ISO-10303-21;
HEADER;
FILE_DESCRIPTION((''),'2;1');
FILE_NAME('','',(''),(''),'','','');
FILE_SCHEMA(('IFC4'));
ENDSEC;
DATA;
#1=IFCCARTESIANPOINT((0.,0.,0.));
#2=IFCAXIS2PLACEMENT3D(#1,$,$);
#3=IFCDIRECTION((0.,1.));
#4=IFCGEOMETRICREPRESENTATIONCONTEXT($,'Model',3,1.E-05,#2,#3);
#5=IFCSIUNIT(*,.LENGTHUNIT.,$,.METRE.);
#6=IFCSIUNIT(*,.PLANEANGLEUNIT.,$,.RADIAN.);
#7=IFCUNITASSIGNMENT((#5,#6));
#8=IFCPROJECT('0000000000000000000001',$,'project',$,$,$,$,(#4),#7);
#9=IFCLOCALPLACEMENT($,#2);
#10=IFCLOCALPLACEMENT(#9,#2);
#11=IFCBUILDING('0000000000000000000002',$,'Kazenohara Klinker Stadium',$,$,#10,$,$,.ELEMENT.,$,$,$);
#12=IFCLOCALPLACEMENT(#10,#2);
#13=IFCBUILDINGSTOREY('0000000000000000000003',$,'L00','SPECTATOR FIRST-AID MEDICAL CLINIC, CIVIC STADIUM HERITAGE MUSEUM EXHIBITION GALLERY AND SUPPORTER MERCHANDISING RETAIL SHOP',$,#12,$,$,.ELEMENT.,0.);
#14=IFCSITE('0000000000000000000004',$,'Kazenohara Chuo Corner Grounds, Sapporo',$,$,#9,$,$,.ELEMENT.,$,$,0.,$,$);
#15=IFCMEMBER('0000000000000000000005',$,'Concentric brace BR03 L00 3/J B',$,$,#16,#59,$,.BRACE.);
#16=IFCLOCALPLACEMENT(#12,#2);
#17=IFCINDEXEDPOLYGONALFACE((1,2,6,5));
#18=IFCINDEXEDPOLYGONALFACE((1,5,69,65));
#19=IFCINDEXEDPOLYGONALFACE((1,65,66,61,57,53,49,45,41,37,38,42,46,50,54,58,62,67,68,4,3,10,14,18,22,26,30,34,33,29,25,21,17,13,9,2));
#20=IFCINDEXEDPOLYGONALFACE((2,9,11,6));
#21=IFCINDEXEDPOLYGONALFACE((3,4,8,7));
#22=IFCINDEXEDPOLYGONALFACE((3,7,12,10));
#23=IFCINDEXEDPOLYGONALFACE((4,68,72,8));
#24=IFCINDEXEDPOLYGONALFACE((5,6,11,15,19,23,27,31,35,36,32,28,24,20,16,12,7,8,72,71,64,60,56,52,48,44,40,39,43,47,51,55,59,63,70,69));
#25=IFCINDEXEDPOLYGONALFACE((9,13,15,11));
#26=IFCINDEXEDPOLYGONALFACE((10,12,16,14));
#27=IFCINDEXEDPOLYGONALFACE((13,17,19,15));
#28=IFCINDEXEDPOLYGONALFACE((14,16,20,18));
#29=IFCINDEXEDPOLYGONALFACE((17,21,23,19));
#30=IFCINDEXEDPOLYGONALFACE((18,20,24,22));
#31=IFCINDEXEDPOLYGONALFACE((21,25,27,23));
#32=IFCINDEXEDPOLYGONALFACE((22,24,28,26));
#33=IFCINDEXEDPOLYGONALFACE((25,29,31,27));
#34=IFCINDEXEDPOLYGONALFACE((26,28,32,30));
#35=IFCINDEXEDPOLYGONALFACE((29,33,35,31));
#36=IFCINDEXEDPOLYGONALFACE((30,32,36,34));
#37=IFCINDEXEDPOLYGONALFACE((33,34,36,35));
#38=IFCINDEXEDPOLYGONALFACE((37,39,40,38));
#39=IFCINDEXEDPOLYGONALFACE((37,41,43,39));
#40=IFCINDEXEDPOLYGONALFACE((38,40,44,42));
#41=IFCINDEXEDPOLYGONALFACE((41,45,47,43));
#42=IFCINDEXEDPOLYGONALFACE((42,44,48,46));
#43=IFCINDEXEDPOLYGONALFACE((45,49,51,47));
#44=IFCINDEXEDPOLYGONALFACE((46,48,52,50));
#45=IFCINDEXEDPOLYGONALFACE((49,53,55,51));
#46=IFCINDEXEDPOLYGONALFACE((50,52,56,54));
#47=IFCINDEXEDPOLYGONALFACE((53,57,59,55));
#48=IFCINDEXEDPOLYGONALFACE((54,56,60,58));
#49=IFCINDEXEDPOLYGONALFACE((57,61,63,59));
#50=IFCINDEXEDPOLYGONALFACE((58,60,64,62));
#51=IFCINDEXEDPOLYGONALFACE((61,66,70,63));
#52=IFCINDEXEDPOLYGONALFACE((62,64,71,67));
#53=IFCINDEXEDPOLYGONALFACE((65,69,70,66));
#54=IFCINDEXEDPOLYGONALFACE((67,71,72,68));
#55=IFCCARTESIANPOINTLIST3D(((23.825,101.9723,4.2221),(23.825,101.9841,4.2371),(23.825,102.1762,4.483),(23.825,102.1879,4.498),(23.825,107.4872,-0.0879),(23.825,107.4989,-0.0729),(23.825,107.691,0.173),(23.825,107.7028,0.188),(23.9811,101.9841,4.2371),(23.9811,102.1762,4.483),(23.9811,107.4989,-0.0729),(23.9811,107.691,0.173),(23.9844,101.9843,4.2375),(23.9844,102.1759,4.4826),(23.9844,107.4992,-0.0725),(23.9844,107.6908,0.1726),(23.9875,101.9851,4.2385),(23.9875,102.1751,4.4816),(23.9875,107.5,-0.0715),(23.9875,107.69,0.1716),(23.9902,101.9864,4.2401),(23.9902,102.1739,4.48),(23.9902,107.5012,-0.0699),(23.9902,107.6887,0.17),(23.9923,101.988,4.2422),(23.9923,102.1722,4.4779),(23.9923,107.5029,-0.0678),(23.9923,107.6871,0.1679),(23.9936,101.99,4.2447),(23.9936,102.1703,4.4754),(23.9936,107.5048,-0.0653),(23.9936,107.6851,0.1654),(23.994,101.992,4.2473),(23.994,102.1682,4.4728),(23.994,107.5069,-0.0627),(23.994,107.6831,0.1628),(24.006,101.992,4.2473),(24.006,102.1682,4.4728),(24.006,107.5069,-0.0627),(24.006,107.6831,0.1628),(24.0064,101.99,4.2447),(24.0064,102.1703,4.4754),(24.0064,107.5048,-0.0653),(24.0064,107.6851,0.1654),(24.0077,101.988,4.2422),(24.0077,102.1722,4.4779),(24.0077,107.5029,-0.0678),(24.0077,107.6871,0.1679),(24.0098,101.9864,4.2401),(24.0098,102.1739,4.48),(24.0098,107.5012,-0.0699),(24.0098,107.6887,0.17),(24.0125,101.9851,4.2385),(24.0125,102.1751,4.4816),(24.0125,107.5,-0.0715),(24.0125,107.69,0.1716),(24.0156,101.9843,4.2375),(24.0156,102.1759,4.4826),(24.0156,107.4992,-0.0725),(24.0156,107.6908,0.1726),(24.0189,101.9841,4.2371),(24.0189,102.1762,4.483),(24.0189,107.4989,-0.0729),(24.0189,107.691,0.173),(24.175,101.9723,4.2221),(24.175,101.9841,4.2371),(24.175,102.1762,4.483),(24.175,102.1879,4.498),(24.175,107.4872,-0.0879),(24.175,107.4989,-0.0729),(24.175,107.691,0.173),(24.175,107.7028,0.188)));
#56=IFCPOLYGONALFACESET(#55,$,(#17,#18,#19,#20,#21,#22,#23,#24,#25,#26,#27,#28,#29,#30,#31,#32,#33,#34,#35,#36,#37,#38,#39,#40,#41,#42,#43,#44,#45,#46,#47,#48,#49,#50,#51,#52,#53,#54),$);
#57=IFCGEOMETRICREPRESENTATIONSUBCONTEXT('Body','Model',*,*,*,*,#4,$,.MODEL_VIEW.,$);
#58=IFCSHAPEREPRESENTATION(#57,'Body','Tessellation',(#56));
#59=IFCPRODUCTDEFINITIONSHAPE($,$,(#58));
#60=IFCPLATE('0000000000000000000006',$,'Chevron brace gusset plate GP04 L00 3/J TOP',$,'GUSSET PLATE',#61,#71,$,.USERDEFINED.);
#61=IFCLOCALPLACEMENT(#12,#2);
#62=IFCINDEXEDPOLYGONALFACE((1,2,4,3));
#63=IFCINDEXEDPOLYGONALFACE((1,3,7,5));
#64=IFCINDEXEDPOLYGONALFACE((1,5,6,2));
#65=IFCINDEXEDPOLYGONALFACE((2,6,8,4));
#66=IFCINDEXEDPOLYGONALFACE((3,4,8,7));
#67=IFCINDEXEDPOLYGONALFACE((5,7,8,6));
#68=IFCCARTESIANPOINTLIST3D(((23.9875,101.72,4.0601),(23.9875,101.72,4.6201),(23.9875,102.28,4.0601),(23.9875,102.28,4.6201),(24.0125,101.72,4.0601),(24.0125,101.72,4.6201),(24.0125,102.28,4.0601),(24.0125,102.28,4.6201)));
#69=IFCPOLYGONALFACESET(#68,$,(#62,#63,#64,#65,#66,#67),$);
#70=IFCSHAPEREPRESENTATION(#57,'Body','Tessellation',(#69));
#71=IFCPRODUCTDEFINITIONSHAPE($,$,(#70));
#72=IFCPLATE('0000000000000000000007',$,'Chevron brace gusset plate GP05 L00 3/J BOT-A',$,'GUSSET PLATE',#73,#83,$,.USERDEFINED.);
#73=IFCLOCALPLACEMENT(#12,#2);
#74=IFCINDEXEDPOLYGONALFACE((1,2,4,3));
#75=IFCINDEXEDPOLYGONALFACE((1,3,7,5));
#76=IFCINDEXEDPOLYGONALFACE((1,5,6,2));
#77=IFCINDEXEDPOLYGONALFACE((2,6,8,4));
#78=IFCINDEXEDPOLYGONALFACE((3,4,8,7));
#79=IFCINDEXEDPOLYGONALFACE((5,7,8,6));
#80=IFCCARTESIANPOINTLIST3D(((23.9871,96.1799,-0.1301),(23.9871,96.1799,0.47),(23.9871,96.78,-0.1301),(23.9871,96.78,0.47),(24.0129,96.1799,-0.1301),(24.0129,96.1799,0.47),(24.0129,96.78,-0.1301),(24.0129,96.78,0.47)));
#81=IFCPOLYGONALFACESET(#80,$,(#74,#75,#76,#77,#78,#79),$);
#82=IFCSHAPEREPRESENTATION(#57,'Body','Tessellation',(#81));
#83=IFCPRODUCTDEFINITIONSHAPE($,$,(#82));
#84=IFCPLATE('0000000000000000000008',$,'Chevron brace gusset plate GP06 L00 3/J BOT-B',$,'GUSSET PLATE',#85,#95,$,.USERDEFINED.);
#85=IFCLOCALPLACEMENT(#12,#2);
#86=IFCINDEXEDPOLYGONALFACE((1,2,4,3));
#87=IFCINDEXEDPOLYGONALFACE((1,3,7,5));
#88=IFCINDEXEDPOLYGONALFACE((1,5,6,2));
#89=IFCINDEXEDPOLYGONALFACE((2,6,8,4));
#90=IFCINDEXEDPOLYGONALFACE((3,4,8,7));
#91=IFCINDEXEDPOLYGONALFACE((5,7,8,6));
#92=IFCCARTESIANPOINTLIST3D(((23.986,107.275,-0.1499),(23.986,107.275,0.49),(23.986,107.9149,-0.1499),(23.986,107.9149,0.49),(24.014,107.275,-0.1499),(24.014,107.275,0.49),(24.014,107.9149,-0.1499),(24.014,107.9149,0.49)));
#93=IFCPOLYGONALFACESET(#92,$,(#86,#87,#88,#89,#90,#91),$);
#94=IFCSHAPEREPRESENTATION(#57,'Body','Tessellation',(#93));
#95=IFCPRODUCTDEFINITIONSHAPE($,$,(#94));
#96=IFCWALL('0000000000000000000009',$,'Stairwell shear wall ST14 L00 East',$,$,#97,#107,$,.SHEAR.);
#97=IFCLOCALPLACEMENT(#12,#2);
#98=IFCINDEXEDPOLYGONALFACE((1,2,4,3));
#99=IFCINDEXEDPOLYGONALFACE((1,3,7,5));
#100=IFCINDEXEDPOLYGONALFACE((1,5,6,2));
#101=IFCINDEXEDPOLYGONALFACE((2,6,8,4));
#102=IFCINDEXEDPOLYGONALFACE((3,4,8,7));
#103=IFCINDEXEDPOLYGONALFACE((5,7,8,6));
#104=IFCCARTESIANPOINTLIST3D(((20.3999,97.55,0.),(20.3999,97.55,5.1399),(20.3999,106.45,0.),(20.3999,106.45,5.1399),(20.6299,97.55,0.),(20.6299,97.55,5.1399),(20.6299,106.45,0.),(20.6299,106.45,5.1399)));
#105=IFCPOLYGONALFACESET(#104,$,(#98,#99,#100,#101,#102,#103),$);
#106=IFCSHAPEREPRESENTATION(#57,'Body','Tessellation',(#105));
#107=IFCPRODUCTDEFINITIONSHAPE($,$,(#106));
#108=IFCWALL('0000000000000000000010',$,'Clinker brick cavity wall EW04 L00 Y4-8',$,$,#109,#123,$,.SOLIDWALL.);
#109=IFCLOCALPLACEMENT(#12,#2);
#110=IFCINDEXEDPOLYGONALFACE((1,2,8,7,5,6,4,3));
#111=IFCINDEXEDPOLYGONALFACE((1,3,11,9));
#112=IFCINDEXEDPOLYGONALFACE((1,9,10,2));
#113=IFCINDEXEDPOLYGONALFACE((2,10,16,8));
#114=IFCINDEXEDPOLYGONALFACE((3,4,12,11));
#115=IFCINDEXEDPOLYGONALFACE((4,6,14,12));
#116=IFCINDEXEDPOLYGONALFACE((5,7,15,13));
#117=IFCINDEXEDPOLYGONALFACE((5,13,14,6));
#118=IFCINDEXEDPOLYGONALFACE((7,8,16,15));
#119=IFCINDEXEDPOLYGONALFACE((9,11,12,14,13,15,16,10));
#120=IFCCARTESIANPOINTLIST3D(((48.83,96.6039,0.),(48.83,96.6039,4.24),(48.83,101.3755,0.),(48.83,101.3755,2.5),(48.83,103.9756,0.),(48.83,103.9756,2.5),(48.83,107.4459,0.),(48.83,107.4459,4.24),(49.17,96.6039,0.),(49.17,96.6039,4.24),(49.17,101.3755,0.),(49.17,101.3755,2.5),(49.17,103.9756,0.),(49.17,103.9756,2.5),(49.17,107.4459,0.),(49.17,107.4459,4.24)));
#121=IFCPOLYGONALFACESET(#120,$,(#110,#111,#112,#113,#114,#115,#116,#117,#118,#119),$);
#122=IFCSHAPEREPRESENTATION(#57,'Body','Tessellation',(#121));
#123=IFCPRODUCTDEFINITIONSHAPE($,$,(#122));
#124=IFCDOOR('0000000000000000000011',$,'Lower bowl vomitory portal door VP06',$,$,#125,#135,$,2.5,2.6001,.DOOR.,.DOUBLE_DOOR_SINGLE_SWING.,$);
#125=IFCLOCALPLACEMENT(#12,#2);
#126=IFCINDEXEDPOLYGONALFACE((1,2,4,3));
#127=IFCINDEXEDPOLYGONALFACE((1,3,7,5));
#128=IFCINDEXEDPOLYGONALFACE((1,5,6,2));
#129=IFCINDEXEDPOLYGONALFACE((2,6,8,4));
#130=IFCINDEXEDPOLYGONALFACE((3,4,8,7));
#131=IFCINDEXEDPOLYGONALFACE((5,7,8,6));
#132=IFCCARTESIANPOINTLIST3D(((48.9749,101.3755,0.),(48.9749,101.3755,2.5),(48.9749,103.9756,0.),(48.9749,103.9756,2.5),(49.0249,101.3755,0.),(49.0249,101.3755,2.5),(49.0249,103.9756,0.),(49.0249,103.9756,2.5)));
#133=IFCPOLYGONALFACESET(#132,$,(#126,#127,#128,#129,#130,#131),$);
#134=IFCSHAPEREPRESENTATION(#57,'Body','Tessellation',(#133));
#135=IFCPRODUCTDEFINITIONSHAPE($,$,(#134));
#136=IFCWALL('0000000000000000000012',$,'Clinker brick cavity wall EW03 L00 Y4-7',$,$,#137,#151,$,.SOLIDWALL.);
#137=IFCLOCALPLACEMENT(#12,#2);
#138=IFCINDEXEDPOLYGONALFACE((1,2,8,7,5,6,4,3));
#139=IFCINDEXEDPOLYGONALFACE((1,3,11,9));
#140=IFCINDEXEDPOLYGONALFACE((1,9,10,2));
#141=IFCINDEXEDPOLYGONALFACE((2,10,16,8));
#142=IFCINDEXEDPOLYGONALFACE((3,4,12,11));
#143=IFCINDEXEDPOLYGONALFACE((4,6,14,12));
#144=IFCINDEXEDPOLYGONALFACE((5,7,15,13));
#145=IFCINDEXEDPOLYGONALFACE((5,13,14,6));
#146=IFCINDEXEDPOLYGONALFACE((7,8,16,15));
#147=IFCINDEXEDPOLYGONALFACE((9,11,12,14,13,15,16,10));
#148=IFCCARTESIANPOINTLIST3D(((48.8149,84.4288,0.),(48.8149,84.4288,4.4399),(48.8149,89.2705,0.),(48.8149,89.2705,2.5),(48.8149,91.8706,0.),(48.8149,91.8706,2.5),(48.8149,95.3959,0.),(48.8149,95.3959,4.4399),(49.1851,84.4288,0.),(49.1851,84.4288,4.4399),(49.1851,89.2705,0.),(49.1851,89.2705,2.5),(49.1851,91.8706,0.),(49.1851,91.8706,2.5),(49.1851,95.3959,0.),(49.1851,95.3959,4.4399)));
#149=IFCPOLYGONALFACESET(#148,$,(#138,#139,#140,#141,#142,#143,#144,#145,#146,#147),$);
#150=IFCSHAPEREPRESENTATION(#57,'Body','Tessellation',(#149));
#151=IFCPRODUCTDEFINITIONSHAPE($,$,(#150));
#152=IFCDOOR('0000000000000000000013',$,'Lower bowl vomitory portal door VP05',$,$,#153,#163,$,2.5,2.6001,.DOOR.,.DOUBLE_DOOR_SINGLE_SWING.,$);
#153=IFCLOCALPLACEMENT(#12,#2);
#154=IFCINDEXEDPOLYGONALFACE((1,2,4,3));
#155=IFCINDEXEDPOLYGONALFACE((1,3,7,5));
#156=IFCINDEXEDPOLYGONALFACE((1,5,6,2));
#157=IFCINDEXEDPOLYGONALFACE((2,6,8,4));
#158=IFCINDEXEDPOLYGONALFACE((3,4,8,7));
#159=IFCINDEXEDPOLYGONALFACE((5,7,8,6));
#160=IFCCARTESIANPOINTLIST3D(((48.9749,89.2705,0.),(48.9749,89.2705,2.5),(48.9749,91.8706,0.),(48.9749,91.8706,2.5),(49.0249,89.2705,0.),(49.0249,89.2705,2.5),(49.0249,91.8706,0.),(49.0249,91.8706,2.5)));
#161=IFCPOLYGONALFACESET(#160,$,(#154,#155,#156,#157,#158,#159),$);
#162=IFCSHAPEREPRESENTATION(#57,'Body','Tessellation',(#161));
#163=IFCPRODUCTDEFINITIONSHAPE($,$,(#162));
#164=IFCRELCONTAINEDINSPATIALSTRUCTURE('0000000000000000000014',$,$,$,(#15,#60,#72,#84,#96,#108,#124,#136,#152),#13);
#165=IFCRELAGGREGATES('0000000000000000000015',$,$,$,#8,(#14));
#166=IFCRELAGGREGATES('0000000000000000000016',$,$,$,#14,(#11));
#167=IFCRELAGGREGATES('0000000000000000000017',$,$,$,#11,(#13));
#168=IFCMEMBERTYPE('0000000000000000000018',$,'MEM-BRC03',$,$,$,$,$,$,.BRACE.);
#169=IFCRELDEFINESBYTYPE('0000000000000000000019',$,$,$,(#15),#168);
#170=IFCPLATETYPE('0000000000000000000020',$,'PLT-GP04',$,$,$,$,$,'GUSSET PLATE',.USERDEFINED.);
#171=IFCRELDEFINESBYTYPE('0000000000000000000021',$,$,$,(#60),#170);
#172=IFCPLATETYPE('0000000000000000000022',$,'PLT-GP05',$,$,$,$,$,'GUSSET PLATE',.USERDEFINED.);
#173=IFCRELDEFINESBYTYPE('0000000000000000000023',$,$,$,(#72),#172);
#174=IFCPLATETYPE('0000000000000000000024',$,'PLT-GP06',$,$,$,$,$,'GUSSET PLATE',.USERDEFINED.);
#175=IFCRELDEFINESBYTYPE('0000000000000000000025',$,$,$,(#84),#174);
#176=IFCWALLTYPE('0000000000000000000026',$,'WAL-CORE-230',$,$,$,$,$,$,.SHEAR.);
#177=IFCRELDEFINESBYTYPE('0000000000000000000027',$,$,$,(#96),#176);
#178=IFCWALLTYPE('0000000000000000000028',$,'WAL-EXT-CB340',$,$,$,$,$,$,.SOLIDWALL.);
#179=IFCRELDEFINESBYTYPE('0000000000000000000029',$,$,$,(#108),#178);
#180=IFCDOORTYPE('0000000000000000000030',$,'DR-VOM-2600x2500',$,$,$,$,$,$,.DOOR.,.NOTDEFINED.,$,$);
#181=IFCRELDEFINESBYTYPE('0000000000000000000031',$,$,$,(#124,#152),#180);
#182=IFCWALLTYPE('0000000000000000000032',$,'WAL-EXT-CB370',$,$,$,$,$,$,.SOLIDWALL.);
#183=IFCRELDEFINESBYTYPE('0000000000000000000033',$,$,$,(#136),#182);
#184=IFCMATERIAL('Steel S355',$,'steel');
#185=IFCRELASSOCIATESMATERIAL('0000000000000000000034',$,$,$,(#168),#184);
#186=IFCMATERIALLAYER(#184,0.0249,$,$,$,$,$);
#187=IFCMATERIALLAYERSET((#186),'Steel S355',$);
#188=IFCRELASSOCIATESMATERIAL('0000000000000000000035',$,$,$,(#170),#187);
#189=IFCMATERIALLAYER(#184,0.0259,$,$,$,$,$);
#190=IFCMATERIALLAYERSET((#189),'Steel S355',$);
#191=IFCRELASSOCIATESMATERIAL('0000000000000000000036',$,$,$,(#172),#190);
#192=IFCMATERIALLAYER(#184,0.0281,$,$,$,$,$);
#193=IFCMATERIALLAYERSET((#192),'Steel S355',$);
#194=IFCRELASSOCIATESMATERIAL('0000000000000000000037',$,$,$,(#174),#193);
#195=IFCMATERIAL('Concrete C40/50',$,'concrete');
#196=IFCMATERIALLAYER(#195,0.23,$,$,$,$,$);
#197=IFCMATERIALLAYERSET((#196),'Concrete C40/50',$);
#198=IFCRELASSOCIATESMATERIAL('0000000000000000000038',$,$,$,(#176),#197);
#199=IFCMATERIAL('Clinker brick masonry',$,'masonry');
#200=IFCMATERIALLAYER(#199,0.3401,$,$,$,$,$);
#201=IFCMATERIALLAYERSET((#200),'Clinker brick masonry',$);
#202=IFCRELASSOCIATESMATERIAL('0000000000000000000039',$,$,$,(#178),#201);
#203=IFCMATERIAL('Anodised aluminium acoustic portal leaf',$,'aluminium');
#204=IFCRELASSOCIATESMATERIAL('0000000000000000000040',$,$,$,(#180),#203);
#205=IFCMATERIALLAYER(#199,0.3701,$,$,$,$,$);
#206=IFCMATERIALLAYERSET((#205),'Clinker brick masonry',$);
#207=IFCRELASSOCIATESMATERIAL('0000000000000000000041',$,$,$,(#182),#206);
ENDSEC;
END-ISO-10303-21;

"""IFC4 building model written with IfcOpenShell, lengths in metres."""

from ifc_helpers import new_model, si_unit, direction, frame, frame_2d, origin, origin_2d, place, context, subcontext, project, spatial, rectangle, i_section, extrude, material, layer, layer_set, material_profile, profile_set, type_object, element, fill, save


model = new_model("IFC4")

# Units and contexts
model_context = context("Model", 3, precision=1e-05, world=origin(), true_north=direction((0.0, 1.0)))
body_context = subcontext(model_context, "Body", "Model", "MODEL_VIEW")
ifc_project = project(units=[si_unit("LENGTHUNIT", "METRE"), si_unit("PLANEANGLEUNIT", "RADIAN")], contexts=[model_context])

# Site, building, storey
site_placement = place(None, origin())
site = spatial("IfcSite", under=ifc_project, at=site_placement, Name="Kazenohara Chuo Corner Grounds, Sapporo", CompositionType="ELEMENT", RefElevation=0.0)
building_placement = place(site_placement, origin())
building = spatial("IfcBuilding", under=site, at=building_placement, Name="Kazenohara Klinker Stadium", CompositionType="ELEMENT")
storey_placement = place(building_placement, origin())
storey = spatial("IfcBuildingStorey", under=building, at=storey_placement, Name="L00", Description="SPECTATOR FIRST-AID MEDICAL CLINIC, CIVIC STADIUM HERITAGE MUSEUM EXHIBITION GALLERY AND SUPPORTER MERCHANDISING RETAIL SHOP", CompositionType="ELEMENT", Elevation=0.0)

# Shared definitions
ifc_material_1 = material(Name="Concrete C40/50", Category="concrete")

# Shared definitions
ifc_material_2 = material(Name="Steel S355", Category="steel")

# Member
ifc_material_profile_1 = material_profile(ifc_material_2, i_section(OverallWidth=0.3501, OverallDepth=0.3501, WebThickness=0.012, FlangeThickness=0.019, FilletRadius=0.0129, at=origin_2d()), Name="H-350x350x12x19")
ifc_profile_set_1 = profile_set([ifc_material_profile_1], Name="Steel S355")
member_type = type_object("IfcMemberType", Name="MEM-BRC03", PredefinedType="BRACE", material=ifc_profile_set_1)
member_1_placement = place(storey_placement, frame((24.0, 107.595, 0.05), z_axis=(0.0, -0.787917, 0.615781), x_axis=(1.0, 0.0, 0.0)))
element("IfcMember", 1, at=member_1_placement, inside=storey, type_object=member_type, Name="Concentric brace BR03 L00 3/J B", PredefinedType="BRACE", context=body_context, shape_type="SweptSolid", body=[
    extrude(i_section(OverallWidth=0.3501, OverallDepth=0.3501, WebThickness=0.012, FlangeThickness=0.019, FilletRadius=0.0129, at=origin_2d()), origin(), (0.0, 0.0, 1.0), 6.9993),
])

# Plates
ifc_layer_1 = layer(ifc_material_2, 0.0249)
ifc_layer_set_1 = layer_set([ifc_layer_1], Name="Steel S355")
plate_type_1 = type_object("IfcPlateType", Name="PLT-GP04", ElementType="GUSSET PLATE", PredefinedType="USERDEFINED", material=ifc_layer_set_1)
plate_1_placement = place(storey_placement, frame((24.0, 102.0, 4.0601), z_axis=(0.0, 0.0, 1.0), x_axis=(1.0, 0.0, 0.0)))
element("IfcPlate", 2, at=plate_1_placement, inside=storey, type_object=plate_type_1, Name="Chevron brace gusset plate GP04 L00 3/J TOP", ObjectType="GUSSET PLATE", PredefinedType="USERDEFINED", context=body_context, shape_type="SweptSolid", body=[
    extrude(rectangle(XDim=0.0249, YDim=0.5601, at=origin_2d()), origin(), (0.0, 0.0, 1.0), 0.5601),
])
ifc_layer_2 = layer(ifc_material_2, 0.0259)
ifc_layer_set_2 = layer_set([ifc_layer_2], Name="Steel S355")
plate_type_2 = type_object("IfcPlateType", Name="PLT-GP05", ElementType="GUSSET PLATE", PredefinedType="USERDEFINED", material=ifc_layer_set_2)
plate_2_placement = place(storey_placement, frame((24.0, 96.48, -0.1301), z_axis=(0.0, 0.0, 1.0), x_axis=(1.0, 0.0, 0.0)))
element("IfcPlate", 3, at=plate_2_placement, inside=storey, type_object=plate_type_2, Name="Chevron brace gusset plate GP05 L00 3/J BOT-A", ObjectType="GUSSET PLATE", PredefinedType="USERDEFINED", context=body_context, shape_type="SweptSolid", body=[
    extrude(rectangle(XDim=0.0259, YDim=0.6001, at=origin_2d()), origin(), (0.0, 0.0, 1.0), 0.6001),
])
ifc_layer_3 = layer(ifc_material_2, 0.0281)
ifc_layer_set_3 = layer_set([ifc_layer_3], Name="Steel S355")
plate_type_3 = type_object("IfcPlateType", Name="PLT-GP06", ElementType="GUSSET PLATE", PredefinedType="USERDEFINED", material=ifc_layer_set_3)
plate_3_placement = place(storey_placement, frame((24.0, 107.595, -0.1499), z_axis=(0.0, 0.0, 1.0), x_axis=(1.0, 0.0, 0.0)))
element("IfcPlate", 4, at=plate_3_placement, inside=storey, type_object=plate_type_3, Name="Chevron brace gusset plate GP06 L00 3/J BOT-B", ObjectType="GUSSET PLATE", PredefinedType="USERDEFINED", context=body_context, shape_type="SweptSolid", body=[
    extrude(rectangle(XDim=0.0281, YDim=0.6399, at=origin_2d()), origin(), (0.0, 0.0, 1.0), 0.6399),
])

# Wall
ifc_layer_4 = layer(ifc_material_1, 0.23)
ifc_layer_set_4 = layer_set([ifc_layer_4], Name="Concrete C40/50")
wall_type_1 = type_object("IfcWallType", Name="WAL-CORE-230", PredefinedType="SHEAR", material=ifc_layer_set_4)
wall_1_placement = place(storey_placement, frame((20.5149, 97.55, 0.0), z_axis=(0.0, 0.0, 1.0), x_axis=(0.0, 1.0, 0.0)))
element("IfcWall", 5, at=wall_1_placement, inside=storey, type_object=wall_type_1, Name="Stairwell shear wall ST14 L00 East", PredefinedType="SHEAR", context=body_context, shape_type="SweptSolid", body=[
    extrude(rectangle(XDim=8.8999, YDim=0.23, at=frame_2d((4.45, 0.0))), origin(), (0.0, 0.0, 1.0), 5.1399),
])

# Walls, openings, doors
ifc_material_3 = material(Name="Clinker brick masonry", Category="masonry")
ifc_layer_5 = layer(ifc_material_3, 0.3401)
ifc_layer_set_5 = layer_set([ifc_layer_5], Name="Clinker brick masonry")
wall_type_2 = type_object("IfcWallType", Name="WAL-EXT-CB340", PredefinedType="SOLIDWALL", material=ifc_layer_set_5)
wall_2_placement = place(storey_placement, frame((49.0, 96.604, 0.0), z_axis=(0.0, 0.0, 1.0), x_axis=(0.0, 1.0, 0.0)))
wall_2 = element("IfcWall", 6, at=wall_2_placement, inside=storey, type_object=wall_type_2, Name="Clinker brick cavity wall EW04 L00 Y4-8", PredefinedType="SOLIDWALL", context=body_context, shape_type="SweptSolid", body=[
    extrude(rectangle(XDim=10.842, YDim=0.3401, at=frame_2d((5.4209, 0.0))), origin(), (0.0, 0.0, 1.0), 4.24),
])
opening_1_placement = place(wall_2_placement, frame((7.3716, 0.0, 0.0), z_axis=(0.0, 0.0, 1.0), x_axis=(-1.0, 0.0, 0.0)))
opening_1 = element("IfcOpeningElement", 7, at=opening_1_placement, cuts=wall_2, PredefinedType="OPENING", context=body_context, shape_type="SweptSolid", body=[
    extrude(rectangle(XDim=2.6001, YDim=2.5, at=frame_2d((1.3, 1.25))), frame((0.0, 0.1802, 0.0), z_axis=(0.0, -1.0, 0.0), x_axis=(1.0, 0.0, 0.0)), (0.0, 0.0, 1.0), 0.3601),
])
ifc_material_4 = material(Name="Anodised aluminium acoustic portal leaf", Category="aluminium")
door_type_1 = type_object("IfcDoorType", Name="DR-VOM-2600x2500", OperationType="NOTDEFINED", PredefinedType="DOOR", material=ifc_material_4)
door_1_placement = place(opening_1_placement, origin())
door_1 = element("IfcDoor", 8, at=door_1_placement, inside=storey, type_object=door_type_1, Name="Lower bowl vomitory portal door VP06", OperationType="DOUBLE_DOOR_SINGLE_SWING", OverallHeight=2.5, OverallWidth=2.6001, PredefinedType="DOOR", context=body_context, shape_type="SweptSolid", body=[
    extrude(rectangle(XDim=2.6001, YDim=2.5, at=frame_2d((1.3, 1.25))), frame((0.0, 0.0249, 0.0), z_axis=(0.0, -1.0, 0.0), x_axis=(1.0, 0.0, 0.0)), (0.0, 0.0, 1.0), 0.05),
])
fill(opening_1, door_1)
ifc_layer_6 = layer(ifc_material_3, 0.3701)
ifc_layer_set_6 = layer_set([ifc_layer_6], Name="Clinker brick masonry")
wall_type_3 = type_object("IfcWallType", Name="WAL-EXT-CB370", PredefinedType="SOLIDWALL", material=ifc_layer_set_6)
wall_3_placement = place(storey_placement, frame((49.0, 84.429, 0.0), z_axis=(0.0, 0.0, 1.0), x_axis=(0.0, 1.0, 0.0)))
wall_3 = element("IfcWall", 9, at=wall_3_placement, inside=storey, type_object=wall_type_3, Name="Clinker brick cavity wall EW03 L00 Y4-7", PredefinedType="SOLIDWALL", context=body_context, shape_type="SweptSolid", body=[
    extrude(rectangle(XDim=10.967, YDim=0.3701, at=frame_2d((5.4834, 0.0))), origin(), (0.0, 0.0, 1.0), 4.4399),
])
opening_2_placement = place(wall_3_placement, frame((7.4417, 0.0, 0.0), z_axis=(0.0, 0.0, 1.0), x_axis=(-1.0, 0.0, 0.0)))
opening_2 = element("IfcOpeningElement", 10, at=opening_2_placement, cuts=wall_3, PredefinedType="OPENING", context=body_context, shape_type="SweptSolid", body=[
    extrude(rectangle(XDim=2.6001, YDim=2.5, at=frame_2d((1.3, 1.25))), frame((0.0, 0.1951, 0.0), z_axis=(0.0, -1.0, 0.0), x_axis=(1.0, 0.0, 0.0)), (0.0, 0.0, 1.0), 0.3901),
])
door_2_placement = place(opening_2_placement, origin())
door_2 = element("IfcDoor", 11, at=door_2_placement, inside=storey, type_object=door_type_1, Name="Lower bowl vomitory portal door VP05", OperationType="DOUBLE_DOOR_SINGLE_SWING", OverallHeight=2.5, OverallWidth=2.6001, PredefinedType="DOOR", context=body_context, shape_type="SweptSolid", body=[
    extrude(rectangle(XDim=2.6001, YDim=2.5, at=frame_2d((1.3, 1.25))), frame((0.0, 0.0249, 0.0), z_axis=(0.0, -1.0, 0.0), x_axis=(1.0, 0.0, 0.0)), (0.0, 0.0, 1.0), 0.05),
])
fill(opening_2, door_2)

save(model, "model.ifc")
